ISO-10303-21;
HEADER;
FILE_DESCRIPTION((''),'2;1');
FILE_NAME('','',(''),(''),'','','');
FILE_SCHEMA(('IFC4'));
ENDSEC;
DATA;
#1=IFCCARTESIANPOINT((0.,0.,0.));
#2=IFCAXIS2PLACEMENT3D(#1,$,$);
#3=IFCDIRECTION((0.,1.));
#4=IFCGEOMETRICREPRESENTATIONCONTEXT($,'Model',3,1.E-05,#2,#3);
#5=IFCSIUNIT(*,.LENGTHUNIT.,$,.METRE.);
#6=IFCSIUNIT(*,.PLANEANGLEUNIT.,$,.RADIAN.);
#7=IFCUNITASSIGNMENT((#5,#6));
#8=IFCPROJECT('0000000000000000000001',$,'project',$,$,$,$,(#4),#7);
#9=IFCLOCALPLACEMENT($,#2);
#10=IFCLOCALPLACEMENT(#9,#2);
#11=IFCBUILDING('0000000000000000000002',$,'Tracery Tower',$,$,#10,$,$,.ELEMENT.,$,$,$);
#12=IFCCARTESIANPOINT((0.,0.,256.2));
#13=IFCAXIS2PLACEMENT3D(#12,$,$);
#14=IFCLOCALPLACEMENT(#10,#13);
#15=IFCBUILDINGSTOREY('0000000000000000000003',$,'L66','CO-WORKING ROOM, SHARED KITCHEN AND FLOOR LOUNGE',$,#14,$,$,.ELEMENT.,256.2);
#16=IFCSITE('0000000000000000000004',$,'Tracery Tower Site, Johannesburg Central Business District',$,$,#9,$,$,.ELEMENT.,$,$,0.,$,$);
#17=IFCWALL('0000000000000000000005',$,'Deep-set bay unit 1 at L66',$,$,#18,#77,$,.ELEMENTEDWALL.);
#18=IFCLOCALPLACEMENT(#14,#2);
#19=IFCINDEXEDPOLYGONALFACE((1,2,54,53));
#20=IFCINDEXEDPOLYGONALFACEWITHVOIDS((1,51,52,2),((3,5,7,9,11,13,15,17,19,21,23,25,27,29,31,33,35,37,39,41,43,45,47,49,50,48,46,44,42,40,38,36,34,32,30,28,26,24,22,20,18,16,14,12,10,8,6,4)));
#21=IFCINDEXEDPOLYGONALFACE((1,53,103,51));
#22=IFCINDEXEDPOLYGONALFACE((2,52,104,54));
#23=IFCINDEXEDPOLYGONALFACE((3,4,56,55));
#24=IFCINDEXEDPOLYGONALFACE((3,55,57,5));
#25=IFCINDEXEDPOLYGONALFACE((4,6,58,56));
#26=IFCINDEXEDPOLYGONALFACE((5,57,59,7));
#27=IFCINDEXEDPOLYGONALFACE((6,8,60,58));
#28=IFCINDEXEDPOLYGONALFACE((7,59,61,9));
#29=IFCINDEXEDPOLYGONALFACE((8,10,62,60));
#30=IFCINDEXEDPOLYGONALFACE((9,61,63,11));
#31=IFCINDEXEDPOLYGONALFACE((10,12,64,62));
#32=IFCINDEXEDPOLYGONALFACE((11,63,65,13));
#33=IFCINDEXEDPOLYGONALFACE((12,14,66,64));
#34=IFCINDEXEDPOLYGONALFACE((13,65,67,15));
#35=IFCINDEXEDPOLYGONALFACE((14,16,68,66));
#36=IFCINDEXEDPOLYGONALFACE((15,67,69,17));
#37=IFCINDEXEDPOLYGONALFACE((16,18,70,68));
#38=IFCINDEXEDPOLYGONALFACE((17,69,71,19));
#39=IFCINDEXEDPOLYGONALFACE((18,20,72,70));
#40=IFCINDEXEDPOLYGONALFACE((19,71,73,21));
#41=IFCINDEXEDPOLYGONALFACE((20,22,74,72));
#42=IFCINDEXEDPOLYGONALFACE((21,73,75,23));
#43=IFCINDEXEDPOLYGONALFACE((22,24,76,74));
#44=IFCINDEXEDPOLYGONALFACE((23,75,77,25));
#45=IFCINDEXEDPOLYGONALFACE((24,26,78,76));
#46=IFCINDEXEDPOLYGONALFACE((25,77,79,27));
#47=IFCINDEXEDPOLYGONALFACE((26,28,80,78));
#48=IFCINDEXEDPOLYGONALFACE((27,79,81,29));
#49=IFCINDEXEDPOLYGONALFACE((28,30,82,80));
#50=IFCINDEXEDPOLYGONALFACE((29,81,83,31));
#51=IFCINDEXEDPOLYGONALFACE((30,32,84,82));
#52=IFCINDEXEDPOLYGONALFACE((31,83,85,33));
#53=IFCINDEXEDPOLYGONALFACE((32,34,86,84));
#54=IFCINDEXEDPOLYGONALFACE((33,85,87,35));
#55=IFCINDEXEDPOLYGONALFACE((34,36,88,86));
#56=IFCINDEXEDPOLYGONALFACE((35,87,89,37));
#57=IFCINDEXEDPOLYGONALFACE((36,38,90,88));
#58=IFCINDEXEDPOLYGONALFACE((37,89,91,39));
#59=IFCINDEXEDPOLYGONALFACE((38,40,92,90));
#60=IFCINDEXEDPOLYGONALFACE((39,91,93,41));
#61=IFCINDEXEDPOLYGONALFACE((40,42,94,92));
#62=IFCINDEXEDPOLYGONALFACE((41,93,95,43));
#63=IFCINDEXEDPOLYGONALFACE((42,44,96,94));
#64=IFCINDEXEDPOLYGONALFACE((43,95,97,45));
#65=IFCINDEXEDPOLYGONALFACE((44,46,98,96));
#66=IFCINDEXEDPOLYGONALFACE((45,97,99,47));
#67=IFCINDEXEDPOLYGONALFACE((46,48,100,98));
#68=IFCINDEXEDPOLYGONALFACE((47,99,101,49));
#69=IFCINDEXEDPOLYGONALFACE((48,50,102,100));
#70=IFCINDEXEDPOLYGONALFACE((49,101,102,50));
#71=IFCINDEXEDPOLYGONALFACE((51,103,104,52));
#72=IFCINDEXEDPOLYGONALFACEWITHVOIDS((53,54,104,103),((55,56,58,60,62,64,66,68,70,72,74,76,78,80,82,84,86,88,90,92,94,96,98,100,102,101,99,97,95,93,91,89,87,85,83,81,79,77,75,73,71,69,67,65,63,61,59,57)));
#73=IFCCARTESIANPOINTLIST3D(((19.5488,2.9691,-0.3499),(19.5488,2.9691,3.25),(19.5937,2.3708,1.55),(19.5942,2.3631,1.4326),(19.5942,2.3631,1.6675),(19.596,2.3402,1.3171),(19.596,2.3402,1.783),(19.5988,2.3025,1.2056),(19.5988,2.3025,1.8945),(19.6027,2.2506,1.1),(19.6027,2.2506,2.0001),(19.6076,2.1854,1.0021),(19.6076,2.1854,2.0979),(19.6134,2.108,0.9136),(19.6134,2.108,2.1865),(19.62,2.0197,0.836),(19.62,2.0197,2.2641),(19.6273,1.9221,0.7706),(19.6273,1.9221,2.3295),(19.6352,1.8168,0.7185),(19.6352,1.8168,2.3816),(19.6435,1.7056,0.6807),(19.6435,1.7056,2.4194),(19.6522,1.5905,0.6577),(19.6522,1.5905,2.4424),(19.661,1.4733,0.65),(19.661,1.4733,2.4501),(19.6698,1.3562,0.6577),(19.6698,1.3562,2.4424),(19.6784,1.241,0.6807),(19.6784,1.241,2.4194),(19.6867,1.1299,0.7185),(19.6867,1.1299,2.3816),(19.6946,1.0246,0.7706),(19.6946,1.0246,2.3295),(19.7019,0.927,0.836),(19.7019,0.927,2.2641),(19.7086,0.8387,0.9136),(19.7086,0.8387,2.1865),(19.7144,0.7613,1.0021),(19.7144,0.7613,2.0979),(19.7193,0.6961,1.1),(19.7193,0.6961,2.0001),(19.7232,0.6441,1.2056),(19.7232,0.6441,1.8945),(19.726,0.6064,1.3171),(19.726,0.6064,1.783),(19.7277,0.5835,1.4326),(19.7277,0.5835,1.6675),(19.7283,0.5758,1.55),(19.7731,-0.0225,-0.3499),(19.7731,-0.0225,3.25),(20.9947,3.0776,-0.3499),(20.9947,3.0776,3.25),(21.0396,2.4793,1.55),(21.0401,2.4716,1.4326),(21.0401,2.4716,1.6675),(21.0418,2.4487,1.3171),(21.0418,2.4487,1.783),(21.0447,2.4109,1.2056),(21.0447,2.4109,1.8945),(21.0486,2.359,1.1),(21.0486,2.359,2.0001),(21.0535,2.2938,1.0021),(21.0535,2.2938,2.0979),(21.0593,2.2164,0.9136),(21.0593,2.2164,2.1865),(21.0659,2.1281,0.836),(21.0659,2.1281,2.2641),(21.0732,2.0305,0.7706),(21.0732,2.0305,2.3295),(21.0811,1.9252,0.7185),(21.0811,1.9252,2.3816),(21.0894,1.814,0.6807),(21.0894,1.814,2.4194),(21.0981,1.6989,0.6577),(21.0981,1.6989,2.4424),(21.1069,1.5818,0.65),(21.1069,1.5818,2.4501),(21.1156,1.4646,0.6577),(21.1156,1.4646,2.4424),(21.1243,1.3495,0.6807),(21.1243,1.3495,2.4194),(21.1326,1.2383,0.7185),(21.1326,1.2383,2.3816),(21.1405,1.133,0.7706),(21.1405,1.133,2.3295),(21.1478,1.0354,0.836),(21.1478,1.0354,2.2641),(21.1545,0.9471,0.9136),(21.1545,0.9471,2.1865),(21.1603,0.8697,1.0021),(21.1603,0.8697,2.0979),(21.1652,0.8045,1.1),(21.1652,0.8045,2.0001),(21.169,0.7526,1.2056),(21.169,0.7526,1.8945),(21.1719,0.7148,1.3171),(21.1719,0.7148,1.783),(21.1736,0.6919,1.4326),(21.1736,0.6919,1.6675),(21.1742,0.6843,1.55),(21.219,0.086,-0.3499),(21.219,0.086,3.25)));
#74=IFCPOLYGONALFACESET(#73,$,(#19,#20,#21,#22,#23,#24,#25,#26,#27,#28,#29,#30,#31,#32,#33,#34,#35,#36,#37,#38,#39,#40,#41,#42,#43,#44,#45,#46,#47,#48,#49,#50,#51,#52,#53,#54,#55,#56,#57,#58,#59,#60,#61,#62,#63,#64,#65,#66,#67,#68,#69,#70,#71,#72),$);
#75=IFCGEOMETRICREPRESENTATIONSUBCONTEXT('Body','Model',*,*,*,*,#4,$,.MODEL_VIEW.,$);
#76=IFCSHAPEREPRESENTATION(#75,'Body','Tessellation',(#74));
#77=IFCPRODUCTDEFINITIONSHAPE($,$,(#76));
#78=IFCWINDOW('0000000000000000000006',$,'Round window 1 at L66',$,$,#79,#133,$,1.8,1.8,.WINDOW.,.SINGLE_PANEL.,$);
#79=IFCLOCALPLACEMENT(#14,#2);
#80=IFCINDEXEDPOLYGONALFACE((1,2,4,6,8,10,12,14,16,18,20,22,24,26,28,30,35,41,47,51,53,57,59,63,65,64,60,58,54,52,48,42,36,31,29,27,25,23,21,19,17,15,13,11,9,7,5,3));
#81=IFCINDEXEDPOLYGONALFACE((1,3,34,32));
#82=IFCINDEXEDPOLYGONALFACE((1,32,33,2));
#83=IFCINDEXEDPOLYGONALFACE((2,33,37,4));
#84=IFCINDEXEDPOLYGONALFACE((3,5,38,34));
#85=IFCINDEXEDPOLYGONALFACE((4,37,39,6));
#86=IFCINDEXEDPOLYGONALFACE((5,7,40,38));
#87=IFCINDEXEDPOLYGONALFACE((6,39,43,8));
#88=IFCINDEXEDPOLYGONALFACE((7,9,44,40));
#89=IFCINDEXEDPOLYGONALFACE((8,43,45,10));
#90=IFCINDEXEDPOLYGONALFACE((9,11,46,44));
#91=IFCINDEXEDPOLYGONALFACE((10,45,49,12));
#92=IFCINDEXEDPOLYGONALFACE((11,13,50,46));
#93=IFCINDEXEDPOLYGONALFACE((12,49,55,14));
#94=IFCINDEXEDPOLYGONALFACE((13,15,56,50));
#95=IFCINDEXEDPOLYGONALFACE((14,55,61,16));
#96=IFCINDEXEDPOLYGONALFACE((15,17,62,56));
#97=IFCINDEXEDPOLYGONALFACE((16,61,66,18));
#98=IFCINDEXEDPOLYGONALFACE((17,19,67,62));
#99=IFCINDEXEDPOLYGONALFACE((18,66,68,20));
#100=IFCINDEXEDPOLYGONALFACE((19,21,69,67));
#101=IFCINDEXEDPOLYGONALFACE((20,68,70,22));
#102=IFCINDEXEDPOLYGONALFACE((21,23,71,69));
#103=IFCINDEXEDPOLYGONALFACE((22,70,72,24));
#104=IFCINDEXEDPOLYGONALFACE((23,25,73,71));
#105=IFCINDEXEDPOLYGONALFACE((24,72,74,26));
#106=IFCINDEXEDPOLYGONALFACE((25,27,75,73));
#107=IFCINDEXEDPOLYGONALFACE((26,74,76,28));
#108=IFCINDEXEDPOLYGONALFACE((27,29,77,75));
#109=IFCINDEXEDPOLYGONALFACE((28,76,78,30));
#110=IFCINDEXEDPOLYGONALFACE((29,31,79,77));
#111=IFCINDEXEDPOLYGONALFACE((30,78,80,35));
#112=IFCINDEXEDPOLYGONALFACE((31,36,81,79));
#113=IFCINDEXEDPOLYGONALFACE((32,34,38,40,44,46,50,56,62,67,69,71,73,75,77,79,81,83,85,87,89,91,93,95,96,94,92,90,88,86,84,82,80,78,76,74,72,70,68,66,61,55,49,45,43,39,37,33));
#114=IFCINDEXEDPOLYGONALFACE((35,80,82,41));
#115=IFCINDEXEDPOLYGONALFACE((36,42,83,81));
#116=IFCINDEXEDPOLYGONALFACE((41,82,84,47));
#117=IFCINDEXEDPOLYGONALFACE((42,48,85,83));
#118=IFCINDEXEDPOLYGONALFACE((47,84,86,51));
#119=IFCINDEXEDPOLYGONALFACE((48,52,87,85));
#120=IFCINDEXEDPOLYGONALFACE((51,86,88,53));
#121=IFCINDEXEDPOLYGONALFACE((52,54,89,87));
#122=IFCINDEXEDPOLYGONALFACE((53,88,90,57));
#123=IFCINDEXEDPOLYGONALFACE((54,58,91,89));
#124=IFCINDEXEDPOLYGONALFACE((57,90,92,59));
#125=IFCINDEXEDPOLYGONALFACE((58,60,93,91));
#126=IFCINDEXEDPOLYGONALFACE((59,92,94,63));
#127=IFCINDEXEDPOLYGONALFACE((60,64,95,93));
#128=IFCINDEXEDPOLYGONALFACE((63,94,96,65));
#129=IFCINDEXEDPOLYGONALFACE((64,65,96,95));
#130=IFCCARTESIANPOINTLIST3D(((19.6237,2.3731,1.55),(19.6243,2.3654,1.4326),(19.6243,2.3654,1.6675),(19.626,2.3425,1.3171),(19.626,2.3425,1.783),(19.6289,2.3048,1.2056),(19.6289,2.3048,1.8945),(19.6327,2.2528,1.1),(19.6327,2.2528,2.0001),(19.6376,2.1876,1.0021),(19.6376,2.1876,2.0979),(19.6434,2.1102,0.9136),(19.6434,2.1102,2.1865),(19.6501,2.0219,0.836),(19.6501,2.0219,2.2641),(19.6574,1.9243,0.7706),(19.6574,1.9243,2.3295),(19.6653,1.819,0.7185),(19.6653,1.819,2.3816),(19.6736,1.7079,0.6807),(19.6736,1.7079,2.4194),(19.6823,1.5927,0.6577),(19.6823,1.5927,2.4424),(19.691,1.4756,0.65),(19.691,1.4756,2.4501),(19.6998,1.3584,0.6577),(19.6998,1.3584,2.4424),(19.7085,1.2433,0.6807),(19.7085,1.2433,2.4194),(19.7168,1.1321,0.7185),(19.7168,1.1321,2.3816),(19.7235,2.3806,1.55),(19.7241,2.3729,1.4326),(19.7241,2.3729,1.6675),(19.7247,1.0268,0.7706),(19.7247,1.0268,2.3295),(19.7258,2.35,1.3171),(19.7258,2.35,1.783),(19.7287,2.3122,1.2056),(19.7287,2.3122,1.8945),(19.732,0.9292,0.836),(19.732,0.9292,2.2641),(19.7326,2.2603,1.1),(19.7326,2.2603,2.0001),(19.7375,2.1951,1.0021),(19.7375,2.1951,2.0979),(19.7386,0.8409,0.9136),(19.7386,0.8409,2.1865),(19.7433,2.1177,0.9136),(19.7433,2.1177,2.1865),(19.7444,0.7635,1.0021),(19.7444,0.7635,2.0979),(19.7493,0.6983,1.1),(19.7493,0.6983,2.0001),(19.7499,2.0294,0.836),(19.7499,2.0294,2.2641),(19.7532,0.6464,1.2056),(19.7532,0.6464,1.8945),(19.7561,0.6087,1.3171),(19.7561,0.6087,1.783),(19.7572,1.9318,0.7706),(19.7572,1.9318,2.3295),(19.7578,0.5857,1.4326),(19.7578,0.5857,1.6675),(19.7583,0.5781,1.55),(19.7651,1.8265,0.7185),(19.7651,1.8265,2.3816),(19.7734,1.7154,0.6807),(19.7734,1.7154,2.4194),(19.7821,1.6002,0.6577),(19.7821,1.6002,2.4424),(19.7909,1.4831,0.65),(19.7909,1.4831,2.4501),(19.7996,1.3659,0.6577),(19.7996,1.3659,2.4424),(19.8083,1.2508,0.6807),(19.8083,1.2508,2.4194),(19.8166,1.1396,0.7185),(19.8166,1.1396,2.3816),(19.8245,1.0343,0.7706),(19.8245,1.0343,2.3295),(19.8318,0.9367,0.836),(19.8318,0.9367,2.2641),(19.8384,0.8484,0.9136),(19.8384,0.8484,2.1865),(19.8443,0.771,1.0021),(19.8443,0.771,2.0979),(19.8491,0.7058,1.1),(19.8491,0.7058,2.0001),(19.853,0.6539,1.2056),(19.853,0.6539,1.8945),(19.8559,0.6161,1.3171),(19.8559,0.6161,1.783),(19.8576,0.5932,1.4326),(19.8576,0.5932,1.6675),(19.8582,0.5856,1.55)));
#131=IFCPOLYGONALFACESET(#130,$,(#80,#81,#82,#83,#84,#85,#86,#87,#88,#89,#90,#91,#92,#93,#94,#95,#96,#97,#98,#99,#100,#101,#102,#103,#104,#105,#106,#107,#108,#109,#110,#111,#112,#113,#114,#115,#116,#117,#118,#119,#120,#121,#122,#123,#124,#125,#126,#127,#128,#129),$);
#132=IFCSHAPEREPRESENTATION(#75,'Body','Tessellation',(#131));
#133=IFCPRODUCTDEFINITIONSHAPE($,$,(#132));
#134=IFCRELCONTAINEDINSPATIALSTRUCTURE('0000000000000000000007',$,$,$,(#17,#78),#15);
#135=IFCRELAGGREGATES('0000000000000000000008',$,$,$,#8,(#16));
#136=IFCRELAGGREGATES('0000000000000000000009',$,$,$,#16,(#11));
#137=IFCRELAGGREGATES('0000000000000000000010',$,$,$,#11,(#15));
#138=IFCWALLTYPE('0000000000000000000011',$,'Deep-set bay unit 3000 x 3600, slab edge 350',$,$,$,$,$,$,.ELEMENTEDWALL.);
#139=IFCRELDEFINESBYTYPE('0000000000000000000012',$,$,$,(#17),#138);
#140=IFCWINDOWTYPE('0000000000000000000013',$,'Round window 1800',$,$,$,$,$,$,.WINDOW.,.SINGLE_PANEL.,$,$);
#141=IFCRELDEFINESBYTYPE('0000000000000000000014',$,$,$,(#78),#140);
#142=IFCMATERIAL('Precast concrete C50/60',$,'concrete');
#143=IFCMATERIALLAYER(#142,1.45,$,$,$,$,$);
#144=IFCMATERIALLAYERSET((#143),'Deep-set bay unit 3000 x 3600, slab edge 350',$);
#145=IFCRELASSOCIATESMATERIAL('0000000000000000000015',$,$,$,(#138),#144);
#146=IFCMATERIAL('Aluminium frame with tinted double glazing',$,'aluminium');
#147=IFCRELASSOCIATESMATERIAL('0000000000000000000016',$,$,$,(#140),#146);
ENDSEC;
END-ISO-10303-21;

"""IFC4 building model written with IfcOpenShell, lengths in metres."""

from ifc_helpers import new_model, si_unit, direction, frame, frame_2d, origin, origin_2d, place, context, subcontext, project, spatial, rectangle, circle, extrude, material, layer, layer_set, type_object, element, fill, save


model = new_model("IFC4")

# Units and contexts
model_context = context("Model", 3, precision=1e-05, world=origin(), true_north=direction((0.0, 1.0)))
body_context = subcontext(model_context, "Body", "Model", "MODEL_VIEW")
ifc_project = project(units=[si_unit("LENGTHUNIT", "METRE"), si_unit("PLANEANGLEUNIT", "RADIAN")], contexts=[model_context])

# Site, building, storey
site_placement = place(None, origin())
site = spatial("IfcSite", under=ifc_project, at=site_placement, Name="Tracery Tower Site, Johannesburg Central Business District", CompositionType="ELEMENT", RefElevation=0.0)
building_placement = place(site_placement, origin())
building = spatial("IfcBuilding", under=site, at=building_placement, Name="Tracery Tower", CompositionType="ELEMENT")
storey_placement = place(building_placement, frame((0.0, 0.0, 256.2)))
storey = spatial("IfcBuildingStorey", under=building, at=storey_placement, Name="L66", Description="CO-WORKING ROOM, SHARED KITCHEN AND FLOOR LOUNGE", CompositionType="ELEMENT", Elevation=256.2)

# Wall, opening, window
ifc_material_1 = material(Name="Precast concrete C50/60", Category="concrete")
ifc_layer_1 = layer(ifc_material_1, 1.45)
ifc_layer_set_1 = layer_set([ifc_layer_1], Name="Deep-set bay unit 3000 x 3600, slab edge 350")
wall_type_1 = type_object("IfcWallType", Name="Deep-set bay unit 3000 x 3600, slab edge 350", PredefinedType="ELEMENTEDWALL", material=ifc_layer_set_1)
wall_1_placement = place(storey_placement, frame((20.4961, 0.0317, -0.3499), z_axis=(0.0, 0.0, 1.0), x_axis=(-0.074786, 0.9972, 0.0)))
wall_1 = element("IfcWall", 1, at=wall_1_placement, inside=storey, type_object=wall_type_1, Name="Deep-set bay unit 1 at L66", PredefinedType="ELEMENTEDWALL", context=body_context, shape_type="SweptSolid", body=[
    extrude(rectangle(XDim=3.0, YDim=1.45, at=frame_2d((1.5, 0.0))), origin(), (0.0, 0.0, 1.0), 3.5999),
])
opening_1_placement = place(wall_1_placement, frame((1.5, 0.0, 1.8999)))
opening_1 = element("IfcOpeningElement", 2, at=opening_1_placement, cuts=wall_1, PredefinedType="OPENING", context=body_context, shape_type="SweptSolid", body=[
    extrude(circle(Radius=0.9, at=origin_2d()), frame((0.0, 0.7349, 0.0), z_axis=(0.0, -1.0, 0.0), x_axis=(1.0, 0.0, 0.0)), (0.0, 0.0, 1.0), 1.47),
])
ifc_material_2 = material(Name="Aluminium frame with tinted double glazing", Category="aluminium")
window_type = type_object("IfcWindowType", Name="Round window 1800", PartitioningType="SINGLE_PANEL", PredefinedType="WINDOW", material=ifc_material_2)
window_1_placement = place(opening_1_placement, origin())
window_1 = element("IfcWindow", 3, at=window_1_placement, inside=storey, type_object=window_type, Name="Round window 1 at L66", OverallHeight=1.8, OverallWidth=1.8, PartitioningType="SINGLE_PANEL", PredefinedType="WINDOW", context=body_context, shape_type="SweptSolid", body=[
    extrude(circle(Radius=0.9, at=origin_2d()), frame((0.0, 0.6948, 0.0), z_axis=(0.0, -1.0, 0.0), x_axis=(1.0, 0.0, 0.0)), (0.0, 0.0, 1.0), 0.1001),
])
fill(opening_1, window_1)

save(model, "model.ifc")
